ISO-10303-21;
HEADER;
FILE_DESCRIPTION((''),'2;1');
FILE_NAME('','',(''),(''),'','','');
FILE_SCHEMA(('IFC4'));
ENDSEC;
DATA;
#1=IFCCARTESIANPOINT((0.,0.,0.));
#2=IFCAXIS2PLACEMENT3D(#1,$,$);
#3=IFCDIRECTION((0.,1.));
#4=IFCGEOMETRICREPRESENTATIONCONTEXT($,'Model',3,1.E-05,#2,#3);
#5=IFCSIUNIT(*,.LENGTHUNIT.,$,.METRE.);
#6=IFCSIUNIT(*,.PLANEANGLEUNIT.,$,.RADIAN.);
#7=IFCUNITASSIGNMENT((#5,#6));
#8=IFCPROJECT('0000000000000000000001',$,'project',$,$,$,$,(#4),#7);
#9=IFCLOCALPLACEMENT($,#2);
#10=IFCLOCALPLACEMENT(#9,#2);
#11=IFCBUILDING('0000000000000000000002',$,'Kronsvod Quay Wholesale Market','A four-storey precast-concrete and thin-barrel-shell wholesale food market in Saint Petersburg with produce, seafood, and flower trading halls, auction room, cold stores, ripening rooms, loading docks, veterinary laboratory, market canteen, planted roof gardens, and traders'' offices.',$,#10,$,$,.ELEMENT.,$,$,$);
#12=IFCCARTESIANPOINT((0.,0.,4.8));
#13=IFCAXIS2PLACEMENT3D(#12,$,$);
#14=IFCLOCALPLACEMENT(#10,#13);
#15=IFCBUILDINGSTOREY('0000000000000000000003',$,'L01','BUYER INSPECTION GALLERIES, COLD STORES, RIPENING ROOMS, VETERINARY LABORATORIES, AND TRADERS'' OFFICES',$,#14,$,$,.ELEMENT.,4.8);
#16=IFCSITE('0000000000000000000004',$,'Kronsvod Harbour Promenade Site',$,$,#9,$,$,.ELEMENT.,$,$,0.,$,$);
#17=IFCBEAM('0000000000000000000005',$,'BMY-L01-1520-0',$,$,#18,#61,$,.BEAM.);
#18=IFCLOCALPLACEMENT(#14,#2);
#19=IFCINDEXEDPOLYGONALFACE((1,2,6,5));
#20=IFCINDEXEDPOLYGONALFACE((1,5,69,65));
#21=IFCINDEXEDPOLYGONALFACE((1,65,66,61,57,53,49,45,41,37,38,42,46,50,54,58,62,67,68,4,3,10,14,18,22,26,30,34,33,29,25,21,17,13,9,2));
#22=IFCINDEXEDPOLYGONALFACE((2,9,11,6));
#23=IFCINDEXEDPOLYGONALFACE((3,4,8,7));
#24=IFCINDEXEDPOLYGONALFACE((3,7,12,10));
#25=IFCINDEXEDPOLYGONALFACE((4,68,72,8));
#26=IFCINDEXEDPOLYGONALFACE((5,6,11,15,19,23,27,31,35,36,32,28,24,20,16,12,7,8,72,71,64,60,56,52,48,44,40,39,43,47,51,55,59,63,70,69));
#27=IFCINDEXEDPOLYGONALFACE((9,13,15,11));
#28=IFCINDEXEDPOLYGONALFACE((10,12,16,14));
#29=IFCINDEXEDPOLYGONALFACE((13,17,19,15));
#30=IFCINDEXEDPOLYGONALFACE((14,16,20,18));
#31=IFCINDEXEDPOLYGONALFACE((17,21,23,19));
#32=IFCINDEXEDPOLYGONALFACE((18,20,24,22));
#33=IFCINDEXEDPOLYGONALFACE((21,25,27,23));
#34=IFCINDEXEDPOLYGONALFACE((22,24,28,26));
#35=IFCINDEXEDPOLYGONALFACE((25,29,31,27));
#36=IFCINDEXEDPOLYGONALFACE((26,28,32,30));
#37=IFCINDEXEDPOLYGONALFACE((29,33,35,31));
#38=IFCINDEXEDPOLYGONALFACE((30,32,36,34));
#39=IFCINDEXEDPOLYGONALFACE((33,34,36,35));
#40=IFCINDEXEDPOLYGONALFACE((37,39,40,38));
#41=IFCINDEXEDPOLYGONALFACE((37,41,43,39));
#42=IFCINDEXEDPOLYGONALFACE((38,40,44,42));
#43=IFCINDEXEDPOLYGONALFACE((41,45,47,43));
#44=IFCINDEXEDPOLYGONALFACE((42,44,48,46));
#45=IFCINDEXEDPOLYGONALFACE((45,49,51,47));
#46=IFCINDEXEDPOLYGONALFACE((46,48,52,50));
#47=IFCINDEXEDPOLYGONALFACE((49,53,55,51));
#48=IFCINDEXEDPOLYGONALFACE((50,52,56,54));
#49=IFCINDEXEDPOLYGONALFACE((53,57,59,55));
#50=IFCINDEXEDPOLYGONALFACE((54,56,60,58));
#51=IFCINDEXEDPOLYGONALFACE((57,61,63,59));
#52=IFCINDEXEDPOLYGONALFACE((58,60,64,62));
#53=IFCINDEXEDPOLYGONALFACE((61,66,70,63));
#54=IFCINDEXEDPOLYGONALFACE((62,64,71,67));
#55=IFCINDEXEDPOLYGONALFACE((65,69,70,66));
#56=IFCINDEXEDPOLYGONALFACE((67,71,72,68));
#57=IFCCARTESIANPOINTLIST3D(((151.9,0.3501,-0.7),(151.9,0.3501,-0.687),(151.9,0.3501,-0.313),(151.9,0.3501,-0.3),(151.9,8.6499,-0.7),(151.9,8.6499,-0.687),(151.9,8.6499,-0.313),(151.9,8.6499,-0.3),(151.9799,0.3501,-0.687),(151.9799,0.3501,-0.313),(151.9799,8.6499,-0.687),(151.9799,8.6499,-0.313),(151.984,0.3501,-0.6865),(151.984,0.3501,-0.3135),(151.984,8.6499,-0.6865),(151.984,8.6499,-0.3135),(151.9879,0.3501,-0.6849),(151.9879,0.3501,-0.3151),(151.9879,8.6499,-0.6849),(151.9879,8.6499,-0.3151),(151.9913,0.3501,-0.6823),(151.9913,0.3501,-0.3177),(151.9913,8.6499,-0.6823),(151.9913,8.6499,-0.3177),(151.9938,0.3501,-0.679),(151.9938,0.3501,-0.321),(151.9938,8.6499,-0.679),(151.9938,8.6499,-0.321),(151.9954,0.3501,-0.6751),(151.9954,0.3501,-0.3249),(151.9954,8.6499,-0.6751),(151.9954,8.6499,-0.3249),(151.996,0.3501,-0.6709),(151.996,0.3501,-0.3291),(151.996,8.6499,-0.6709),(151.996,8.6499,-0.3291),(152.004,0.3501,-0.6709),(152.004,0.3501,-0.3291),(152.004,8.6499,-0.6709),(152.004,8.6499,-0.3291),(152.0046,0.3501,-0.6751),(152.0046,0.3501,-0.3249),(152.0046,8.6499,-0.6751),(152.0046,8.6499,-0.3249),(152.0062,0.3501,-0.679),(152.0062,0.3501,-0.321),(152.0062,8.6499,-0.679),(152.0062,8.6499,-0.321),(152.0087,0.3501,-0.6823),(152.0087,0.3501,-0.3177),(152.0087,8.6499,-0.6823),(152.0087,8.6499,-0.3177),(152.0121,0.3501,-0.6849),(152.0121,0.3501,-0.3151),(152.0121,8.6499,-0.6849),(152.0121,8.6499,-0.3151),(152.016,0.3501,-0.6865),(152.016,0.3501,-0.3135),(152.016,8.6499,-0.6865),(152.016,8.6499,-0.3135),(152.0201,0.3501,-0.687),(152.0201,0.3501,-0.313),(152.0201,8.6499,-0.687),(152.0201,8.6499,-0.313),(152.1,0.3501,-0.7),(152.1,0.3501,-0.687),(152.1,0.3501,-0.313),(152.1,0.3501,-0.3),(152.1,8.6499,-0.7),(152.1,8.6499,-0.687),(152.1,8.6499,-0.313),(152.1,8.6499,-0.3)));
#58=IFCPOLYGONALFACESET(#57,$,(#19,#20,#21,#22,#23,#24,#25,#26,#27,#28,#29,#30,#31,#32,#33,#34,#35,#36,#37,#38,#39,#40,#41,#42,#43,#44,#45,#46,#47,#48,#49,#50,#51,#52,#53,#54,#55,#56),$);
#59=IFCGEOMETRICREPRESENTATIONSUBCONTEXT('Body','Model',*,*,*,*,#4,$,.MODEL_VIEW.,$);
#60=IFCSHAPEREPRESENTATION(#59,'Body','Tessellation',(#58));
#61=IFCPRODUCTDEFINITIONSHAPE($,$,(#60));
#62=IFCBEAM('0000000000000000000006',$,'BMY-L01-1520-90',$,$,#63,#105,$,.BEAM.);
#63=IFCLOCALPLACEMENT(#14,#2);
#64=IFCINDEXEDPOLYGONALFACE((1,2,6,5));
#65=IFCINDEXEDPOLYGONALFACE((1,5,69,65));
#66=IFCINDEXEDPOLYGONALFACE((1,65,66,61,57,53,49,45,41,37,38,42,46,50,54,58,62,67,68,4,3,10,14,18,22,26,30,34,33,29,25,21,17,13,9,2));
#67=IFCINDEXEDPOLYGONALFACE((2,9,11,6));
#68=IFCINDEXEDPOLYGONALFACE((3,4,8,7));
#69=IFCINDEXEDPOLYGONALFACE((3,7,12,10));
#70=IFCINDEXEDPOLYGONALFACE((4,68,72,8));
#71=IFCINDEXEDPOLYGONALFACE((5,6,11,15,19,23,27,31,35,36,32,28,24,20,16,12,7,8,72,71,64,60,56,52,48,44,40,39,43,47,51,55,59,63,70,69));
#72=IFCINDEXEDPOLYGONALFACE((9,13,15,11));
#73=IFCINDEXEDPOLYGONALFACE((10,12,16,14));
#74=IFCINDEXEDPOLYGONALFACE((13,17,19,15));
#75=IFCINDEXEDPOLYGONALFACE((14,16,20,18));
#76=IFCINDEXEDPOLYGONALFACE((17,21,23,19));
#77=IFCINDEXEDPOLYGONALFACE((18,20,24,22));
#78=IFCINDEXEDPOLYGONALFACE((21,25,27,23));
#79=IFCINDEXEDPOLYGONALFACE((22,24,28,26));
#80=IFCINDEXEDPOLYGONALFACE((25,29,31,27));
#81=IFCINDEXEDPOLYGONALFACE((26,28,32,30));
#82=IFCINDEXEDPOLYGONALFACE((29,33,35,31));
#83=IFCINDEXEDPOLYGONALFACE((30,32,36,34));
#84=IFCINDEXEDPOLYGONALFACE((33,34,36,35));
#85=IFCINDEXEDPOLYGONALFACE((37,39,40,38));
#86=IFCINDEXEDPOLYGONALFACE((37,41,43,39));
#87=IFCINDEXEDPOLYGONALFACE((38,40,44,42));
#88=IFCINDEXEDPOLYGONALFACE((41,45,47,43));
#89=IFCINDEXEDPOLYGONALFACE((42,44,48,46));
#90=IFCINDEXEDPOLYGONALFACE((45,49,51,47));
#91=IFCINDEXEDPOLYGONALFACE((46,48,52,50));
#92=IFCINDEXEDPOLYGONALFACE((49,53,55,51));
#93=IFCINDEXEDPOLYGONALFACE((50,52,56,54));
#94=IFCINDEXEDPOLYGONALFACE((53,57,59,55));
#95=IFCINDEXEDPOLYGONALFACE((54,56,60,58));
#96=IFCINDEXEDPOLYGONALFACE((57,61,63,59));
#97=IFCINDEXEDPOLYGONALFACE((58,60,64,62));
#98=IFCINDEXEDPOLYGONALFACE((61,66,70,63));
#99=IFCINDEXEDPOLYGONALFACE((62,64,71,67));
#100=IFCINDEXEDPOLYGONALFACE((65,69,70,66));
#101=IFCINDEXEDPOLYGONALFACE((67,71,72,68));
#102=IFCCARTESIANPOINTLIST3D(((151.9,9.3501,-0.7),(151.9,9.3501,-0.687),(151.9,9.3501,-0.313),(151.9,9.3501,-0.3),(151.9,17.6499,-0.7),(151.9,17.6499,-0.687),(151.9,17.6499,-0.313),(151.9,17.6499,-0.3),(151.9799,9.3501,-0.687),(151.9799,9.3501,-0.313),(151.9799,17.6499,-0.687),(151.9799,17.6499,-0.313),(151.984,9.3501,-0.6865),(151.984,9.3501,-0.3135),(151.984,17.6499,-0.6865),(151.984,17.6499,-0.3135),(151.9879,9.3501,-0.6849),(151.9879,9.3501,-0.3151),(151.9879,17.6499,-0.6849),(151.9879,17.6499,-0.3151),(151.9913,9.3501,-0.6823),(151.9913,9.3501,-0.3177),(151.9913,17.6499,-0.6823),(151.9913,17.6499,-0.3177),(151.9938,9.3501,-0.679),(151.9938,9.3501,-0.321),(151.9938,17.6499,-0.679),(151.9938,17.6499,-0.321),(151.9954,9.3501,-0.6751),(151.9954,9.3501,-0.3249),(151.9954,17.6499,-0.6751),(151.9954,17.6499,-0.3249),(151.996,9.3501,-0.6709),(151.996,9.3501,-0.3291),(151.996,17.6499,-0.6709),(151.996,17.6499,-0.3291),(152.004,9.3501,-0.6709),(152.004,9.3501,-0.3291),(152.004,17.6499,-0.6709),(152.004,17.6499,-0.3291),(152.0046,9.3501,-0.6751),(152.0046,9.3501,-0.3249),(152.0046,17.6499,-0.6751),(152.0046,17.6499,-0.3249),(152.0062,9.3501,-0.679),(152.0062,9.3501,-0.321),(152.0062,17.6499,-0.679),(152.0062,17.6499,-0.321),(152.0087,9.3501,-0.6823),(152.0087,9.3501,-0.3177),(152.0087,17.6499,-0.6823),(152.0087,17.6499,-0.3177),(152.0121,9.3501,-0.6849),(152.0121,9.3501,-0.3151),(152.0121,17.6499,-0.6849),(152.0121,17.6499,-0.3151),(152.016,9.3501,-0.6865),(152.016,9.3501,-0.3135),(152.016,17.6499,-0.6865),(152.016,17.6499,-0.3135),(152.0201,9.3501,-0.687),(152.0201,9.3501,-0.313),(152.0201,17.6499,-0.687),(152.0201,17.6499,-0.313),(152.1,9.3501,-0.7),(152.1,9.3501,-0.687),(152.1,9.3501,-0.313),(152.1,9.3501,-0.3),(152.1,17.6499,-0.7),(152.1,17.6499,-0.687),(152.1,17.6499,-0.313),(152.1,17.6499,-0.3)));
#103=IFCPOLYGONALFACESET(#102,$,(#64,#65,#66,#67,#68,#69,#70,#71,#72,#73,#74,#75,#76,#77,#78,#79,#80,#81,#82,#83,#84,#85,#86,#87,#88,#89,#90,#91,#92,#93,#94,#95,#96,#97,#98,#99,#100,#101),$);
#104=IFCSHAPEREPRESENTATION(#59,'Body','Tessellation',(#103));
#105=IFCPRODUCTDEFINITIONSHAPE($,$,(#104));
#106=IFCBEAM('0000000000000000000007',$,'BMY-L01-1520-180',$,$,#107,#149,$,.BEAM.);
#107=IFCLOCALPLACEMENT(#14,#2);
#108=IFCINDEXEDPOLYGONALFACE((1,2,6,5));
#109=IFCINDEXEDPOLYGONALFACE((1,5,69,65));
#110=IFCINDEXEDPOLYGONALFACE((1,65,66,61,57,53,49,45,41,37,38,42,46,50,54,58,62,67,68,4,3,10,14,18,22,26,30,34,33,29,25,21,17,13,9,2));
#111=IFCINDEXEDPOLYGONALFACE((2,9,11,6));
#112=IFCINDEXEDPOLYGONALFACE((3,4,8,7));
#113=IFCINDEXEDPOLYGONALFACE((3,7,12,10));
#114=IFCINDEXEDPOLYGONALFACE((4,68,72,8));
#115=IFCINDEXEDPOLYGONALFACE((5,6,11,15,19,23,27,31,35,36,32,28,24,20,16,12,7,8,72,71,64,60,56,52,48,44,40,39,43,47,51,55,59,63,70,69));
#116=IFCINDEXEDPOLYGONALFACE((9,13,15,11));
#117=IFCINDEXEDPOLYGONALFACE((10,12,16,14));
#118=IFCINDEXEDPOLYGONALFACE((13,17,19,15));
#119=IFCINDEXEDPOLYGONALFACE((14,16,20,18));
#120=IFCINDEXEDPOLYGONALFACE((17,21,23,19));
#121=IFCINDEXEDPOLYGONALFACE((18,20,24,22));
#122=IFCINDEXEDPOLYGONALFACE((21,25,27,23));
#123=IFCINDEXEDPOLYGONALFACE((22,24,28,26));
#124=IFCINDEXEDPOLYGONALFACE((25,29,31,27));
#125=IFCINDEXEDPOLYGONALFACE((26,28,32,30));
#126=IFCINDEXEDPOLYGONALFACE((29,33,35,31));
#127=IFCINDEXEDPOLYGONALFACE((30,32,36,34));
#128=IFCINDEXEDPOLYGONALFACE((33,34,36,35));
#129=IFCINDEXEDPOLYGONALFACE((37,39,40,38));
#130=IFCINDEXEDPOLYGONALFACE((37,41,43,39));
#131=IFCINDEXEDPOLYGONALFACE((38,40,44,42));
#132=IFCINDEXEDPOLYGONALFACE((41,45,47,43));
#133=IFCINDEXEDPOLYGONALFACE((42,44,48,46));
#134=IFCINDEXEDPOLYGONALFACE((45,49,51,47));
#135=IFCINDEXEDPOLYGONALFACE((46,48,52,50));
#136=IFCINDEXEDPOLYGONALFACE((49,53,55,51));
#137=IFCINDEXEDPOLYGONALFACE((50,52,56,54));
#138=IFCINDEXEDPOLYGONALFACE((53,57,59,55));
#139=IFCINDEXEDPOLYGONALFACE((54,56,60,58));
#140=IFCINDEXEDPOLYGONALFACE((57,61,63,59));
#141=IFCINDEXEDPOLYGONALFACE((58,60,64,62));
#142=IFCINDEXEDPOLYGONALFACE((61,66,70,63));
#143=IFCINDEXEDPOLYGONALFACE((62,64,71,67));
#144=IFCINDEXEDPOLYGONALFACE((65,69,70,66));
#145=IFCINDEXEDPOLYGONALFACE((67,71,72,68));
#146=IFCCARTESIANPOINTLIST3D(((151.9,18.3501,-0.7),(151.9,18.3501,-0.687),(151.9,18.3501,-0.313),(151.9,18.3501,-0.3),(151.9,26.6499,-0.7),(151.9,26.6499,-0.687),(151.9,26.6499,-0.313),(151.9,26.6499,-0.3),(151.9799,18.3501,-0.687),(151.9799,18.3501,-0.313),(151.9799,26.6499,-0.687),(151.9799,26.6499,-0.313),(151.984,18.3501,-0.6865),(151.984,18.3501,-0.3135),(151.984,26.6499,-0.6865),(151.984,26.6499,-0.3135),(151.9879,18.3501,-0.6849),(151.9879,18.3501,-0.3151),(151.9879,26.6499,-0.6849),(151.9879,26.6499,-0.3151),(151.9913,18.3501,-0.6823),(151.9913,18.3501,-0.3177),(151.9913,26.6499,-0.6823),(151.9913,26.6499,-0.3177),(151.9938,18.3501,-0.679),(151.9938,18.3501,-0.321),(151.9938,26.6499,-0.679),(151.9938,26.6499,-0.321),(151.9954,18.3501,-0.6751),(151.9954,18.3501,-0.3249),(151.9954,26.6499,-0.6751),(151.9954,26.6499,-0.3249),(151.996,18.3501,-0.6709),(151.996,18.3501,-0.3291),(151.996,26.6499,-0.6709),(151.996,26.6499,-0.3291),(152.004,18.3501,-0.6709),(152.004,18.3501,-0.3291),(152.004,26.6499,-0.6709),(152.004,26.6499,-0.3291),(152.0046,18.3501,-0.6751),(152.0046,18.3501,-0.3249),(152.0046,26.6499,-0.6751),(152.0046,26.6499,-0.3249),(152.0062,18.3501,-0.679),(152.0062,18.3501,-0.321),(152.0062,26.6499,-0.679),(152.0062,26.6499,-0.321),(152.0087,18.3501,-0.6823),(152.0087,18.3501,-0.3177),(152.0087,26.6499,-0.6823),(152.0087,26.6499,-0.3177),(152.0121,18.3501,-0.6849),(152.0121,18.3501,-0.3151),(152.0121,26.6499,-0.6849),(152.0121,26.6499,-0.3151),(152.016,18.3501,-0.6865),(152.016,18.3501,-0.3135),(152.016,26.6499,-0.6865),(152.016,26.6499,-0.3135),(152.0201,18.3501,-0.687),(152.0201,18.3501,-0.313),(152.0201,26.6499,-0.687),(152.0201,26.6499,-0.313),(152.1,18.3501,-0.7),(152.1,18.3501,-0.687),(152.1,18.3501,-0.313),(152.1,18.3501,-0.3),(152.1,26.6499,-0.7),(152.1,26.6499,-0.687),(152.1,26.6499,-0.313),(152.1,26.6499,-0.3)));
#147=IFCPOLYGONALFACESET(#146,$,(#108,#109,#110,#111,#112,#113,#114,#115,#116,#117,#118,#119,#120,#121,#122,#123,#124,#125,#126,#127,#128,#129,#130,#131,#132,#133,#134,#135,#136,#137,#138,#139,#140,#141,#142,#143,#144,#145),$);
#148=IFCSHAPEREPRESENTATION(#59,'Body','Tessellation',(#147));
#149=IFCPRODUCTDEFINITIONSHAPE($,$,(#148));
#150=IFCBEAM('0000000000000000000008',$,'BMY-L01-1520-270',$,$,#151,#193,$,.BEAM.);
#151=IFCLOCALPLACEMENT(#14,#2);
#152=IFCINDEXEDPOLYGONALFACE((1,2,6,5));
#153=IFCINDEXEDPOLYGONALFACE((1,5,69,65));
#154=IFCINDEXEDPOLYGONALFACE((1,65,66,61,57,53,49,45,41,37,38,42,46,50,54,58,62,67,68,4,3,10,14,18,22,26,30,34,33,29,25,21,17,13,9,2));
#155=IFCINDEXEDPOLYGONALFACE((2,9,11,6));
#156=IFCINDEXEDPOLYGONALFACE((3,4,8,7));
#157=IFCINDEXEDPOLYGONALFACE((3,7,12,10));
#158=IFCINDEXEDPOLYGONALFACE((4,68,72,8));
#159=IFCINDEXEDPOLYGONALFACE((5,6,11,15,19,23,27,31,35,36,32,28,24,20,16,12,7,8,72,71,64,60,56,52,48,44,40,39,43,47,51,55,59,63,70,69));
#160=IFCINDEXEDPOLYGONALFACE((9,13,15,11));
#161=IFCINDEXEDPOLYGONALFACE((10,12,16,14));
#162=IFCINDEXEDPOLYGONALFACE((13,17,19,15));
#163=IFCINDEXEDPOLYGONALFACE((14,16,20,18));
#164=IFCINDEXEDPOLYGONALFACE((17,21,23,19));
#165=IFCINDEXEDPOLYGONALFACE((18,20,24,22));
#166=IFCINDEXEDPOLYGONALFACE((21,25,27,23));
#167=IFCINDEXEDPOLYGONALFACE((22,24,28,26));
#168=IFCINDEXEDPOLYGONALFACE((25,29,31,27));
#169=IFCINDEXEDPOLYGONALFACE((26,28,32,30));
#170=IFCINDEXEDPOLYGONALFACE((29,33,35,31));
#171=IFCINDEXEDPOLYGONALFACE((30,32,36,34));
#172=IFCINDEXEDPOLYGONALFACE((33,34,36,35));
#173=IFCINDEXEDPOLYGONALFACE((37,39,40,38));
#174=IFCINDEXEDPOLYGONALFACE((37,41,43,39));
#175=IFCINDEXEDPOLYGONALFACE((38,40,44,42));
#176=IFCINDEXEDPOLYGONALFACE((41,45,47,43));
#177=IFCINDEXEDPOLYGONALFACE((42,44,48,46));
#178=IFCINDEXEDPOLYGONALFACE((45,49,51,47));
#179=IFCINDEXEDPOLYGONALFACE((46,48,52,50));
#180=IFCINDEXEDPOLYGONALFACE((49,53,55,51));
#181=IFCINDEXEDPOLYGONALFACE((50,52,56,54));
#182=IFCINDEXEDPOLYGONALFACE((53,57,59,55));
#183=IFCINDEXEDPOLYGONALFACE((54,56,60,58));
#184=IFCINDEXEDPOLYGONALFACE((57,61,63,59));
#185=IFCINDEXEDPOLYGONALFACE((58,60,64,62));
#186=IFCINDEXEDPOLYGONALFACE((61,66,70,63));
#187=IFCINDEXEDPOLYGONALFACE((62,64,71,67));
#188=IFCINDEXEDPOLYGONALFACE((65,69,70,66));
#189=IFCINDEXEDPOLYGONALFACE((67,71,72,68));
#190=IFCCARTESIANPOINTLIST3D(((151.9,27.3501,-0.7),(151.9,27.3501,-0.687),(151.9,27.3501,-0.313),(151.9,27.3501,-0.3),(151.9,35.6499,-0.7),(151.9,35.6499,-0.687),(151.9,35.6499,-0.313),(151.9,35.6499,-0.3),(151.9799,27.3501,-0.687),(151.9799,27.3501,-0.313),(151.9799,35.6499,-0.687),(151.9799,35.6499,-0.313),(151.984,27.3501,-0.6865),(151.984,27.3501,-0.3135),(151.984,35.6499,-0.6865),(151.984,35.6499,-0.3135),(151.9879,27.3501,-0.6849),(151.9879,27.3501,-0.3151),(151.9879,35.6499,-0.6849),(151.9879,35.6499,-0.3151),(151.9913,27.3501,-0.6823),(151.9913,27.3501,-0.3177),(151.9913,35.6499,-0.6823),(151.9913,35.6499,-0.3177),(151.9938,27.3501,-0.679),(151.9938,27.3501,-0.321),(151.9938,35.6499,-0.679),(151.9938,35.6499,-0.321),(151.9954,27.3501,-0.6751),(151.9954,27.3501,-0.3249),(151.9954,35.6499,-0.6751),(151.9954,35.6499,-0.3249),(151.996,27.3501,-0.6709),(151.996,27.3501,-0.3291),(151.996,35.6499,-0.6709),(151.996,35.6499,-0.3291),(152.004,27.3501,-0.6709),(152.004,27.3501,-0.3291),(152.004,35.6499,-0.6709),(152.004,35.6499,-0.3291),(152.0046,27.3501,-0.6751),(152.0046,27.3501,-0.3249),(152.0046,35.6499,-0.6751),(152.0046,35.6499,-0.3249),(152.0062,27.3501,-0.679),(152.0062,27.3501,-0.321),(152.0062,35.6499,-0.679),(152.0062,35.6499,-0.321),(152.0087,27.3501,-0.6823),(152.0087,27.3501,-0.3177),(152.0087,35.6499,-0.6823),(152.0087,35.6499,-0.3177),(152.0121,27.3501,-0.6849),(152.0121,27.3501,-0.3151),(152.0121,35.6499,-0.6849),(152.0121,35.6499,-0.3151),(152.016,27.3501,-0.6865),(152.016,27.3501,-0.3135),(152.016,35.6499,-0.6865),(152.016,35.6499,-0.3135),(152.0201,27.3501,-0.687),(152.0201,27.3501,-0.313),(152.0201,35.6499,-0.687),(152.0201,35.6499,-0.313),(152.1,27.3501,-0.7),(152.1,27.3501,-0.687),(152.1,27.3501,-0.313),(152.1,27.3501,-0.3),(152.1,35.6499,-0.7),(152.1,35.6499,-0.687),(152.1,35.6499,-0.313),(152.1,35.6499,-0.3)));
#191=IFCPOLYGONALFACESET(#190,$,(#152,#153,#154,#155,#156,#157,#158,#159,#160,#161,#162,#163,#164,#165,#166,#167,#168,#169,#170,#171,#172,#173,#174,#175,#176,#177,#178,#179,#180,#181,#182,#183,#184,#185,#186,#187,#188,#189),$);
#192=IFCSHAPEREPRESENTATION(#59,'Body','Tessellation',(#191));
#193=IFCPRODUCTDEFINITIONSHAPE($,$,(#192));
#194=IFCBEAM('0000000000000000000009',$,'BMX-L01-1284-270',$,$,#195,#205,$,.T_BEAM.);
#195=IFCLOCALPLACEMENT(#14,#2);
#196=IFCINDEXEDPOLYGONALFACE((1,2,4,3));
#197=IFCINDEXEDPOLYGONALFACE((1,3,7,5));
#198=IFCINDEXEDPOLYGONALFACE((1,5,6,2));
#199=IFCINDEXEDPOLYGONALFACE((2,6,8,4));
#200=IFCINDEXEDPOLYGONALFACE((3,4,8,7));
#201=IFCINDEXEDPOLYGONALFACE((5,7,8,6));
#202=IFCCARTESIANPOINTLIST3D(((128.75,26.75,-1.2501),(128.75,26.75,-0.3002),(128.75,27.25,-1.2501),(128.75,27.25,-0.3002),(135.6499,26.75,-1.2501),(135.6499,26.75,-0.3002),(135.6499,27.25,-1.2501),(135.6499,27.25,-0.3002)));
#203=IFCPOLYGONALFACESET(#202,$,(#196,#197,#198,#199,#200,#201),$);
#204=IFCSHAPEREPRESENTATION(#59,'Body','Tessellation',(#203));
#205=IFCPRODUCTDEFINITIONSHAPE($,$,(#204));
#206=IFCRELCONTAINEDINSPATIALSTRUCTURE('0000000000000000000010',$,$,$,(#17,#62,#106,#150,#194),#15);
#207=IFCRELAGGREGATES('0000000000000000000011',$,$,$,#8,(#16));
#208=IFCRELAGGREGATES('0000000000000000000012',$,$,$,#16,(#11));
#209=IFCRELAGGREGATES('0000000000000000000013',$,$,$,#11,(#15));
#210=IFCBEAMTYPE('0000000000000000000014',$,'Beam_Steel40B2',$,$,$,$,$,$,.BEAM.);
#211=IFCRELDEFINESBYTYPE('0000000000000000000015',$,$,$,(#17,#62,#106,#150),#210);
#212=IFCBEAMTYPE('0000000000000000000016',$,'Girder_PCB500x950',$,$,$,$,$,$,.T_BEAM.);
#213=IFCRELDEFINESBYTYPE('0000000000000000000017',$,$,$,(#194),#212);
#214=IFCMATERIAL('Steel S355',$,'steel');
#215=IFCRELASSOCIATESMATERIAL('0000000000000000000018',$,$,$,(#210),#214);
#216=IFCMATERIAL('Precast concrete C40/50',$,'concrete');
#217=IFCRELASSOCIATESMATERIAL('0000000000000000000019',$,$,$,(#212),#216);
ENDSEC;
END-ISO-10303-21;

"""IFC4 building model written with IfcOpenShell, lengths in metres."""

from ifc_helpers import new_model, si_unit, direction, frame, origin, origin_2d, place, context, subcontext, project, spatial, rectangle, i_section, extrude, material, material_profile, profile_set, type_object, element, save


model = new_model("IFC4")

# Units and contexts
model_context = context("Model", 3, precision=1e-05, world=origin(), true_north=direction((0.0, 1.0)))
body_context = subcontext(model_context, "Body", "Model", "MODEL_VIEW")
ifc_project = project(units=[si_unit("LENGTHUNIT", "METRE"), si_unit("PLANEANGLEUNIT", "RADIAN")], contexts=[model_context])

# Site, building, storey
site_placement = place(None, origin())
site = spatial("IfcSite", under=ifc_project, at=site_placement, Name="Kronsvod Harbour Promenade Site", CompositionType="ELEMENT", RefElevation=0.0)
building_placement = place(site_placement, origin())
building = spatial("IfcBuilding", under=site, at=building_placement, Name="Kronsvod Quay Wholesale Market", Description="A four-storey precast-concrete and thin-barrel-shell wholesale food market in Saint Petersburg with produce, seafood, and flower trading halls, auction room, cold stores, ripening rooms, loading docks, veterinary laboratory, market canteen, planted roof gardens, and traders' offices.", CompositionType="ELEMENT")
storey_placement = place(building_placement, frame((0.0, 0.0, 4.8)))
storey = spatial("IfcBuildingStorey", under=building, at=storey_placement, Name="L01", Description="BUYER INSPECTION GALLERIES, COLD STORES, RIPENING ROOMS, VETERINARY LABORATORIES, AND TRADERS' OFFICES", CompositionType="ELEMENT", Elevation=4.8)

# Beams
ifc_material_1 = material(Name="Steel S355", Category="steel")
ifc_material_profile_1 = material_profile(ifc_material_1, i_section(OverallWidth=0.2, OverallDepth=0.3999, WebThickness=0.0081, FlangeThickness=0.0129, FilletRadius=0.0161, at=origin_2d()), Name="40B2")
ifc_profile_set_1 = profile_set([ifc_material_profile_1], Name="Steel S355")
beam_type_1 = type_object("IfcBeamType", Name="Beam_Steel40B2", PredefinedType="BEAM", material=ifc_profile_set_1)
for number, where, z_axis, x_axis, name in (
    (1, (152.0, 0.3501, -0.5), (0.0, 1.0, 0.0), (-1.0, 0.0, 0.0), "BMY-L01-1520-0"),
    (2, (152.0, 9.3501, -0.5), (0.0, 1.0, 0.0), (-1.0, 0.0, 0.0), "BMY-L01-1520-90"),
    (3, (152.0, 18.3501, -0.5), (0.0, 1.0, 0.0), (-1.0, 0.0, 0.0), "BMY-L01-1520-180"),
    (4, (152.0, 27.3501, -0.5), (0.0, 1.0, 0.0), (-1.0, 0.0, 0.0), "BMY-L01-1520-270"),
):
    element("IfcBeam", number, at=place(storey_placement, frame(where, z_axis=z_axis, x_axis=x_axis)), inside=storey, type_object=beam_type_1, Name=name, PredefinedType="BEAM", context=body_context, shape_type="SweptSolid", body=[
        extrude(i_section(OverallWidth=0.2, OverallDepth=0.3999, WebThickness=0.0081, FlangeThickness=0.0129, FilletRadius=0.0161, at=origin_2d()), origin(), (0.0, 0.0, 1.0), 8.2998),
    ])
ifc_material_2 = material(Name="Precast concrete C40/50", Category="concrete")
ifc_material_profile_2 = material_profile(ifc_material_2, rectangle(XDim=0.5, YDim=0.95, at=origin_2d()), Name="PCB500x950")
ifc_profile_set_2 = profile_set([ifc_material_profile_2], Name="Precast concrete C40/50")
beam_type_2 = type_object("IfcBeamType", Name="Girder_PCB500x950", PredefinedType="T_BEAM", material=ifc_profile_set_2)
beam_1_placement = place(storey_placement, frame((128.75, 27.0, -0.7751), z_axis=(1.0, 0.0, 0.0), x_axis=(0.0, 1.0, 0.0)))
element("IfcBeam", 5, at=beam_1_placement, inside=storey, type_object=beam_type_2, Name="BMX-L01-1284-270", PredefinedType="T_BEAM", context=body_context, shape_type="SweptSolid", body=[
    extrude(rectangle(XDim=0.5, YDim=0.95, at=origin_2d()), origin(), (0.0, 0.0, 1.0), 6.8999),
])

save(model, "model.ifc")
